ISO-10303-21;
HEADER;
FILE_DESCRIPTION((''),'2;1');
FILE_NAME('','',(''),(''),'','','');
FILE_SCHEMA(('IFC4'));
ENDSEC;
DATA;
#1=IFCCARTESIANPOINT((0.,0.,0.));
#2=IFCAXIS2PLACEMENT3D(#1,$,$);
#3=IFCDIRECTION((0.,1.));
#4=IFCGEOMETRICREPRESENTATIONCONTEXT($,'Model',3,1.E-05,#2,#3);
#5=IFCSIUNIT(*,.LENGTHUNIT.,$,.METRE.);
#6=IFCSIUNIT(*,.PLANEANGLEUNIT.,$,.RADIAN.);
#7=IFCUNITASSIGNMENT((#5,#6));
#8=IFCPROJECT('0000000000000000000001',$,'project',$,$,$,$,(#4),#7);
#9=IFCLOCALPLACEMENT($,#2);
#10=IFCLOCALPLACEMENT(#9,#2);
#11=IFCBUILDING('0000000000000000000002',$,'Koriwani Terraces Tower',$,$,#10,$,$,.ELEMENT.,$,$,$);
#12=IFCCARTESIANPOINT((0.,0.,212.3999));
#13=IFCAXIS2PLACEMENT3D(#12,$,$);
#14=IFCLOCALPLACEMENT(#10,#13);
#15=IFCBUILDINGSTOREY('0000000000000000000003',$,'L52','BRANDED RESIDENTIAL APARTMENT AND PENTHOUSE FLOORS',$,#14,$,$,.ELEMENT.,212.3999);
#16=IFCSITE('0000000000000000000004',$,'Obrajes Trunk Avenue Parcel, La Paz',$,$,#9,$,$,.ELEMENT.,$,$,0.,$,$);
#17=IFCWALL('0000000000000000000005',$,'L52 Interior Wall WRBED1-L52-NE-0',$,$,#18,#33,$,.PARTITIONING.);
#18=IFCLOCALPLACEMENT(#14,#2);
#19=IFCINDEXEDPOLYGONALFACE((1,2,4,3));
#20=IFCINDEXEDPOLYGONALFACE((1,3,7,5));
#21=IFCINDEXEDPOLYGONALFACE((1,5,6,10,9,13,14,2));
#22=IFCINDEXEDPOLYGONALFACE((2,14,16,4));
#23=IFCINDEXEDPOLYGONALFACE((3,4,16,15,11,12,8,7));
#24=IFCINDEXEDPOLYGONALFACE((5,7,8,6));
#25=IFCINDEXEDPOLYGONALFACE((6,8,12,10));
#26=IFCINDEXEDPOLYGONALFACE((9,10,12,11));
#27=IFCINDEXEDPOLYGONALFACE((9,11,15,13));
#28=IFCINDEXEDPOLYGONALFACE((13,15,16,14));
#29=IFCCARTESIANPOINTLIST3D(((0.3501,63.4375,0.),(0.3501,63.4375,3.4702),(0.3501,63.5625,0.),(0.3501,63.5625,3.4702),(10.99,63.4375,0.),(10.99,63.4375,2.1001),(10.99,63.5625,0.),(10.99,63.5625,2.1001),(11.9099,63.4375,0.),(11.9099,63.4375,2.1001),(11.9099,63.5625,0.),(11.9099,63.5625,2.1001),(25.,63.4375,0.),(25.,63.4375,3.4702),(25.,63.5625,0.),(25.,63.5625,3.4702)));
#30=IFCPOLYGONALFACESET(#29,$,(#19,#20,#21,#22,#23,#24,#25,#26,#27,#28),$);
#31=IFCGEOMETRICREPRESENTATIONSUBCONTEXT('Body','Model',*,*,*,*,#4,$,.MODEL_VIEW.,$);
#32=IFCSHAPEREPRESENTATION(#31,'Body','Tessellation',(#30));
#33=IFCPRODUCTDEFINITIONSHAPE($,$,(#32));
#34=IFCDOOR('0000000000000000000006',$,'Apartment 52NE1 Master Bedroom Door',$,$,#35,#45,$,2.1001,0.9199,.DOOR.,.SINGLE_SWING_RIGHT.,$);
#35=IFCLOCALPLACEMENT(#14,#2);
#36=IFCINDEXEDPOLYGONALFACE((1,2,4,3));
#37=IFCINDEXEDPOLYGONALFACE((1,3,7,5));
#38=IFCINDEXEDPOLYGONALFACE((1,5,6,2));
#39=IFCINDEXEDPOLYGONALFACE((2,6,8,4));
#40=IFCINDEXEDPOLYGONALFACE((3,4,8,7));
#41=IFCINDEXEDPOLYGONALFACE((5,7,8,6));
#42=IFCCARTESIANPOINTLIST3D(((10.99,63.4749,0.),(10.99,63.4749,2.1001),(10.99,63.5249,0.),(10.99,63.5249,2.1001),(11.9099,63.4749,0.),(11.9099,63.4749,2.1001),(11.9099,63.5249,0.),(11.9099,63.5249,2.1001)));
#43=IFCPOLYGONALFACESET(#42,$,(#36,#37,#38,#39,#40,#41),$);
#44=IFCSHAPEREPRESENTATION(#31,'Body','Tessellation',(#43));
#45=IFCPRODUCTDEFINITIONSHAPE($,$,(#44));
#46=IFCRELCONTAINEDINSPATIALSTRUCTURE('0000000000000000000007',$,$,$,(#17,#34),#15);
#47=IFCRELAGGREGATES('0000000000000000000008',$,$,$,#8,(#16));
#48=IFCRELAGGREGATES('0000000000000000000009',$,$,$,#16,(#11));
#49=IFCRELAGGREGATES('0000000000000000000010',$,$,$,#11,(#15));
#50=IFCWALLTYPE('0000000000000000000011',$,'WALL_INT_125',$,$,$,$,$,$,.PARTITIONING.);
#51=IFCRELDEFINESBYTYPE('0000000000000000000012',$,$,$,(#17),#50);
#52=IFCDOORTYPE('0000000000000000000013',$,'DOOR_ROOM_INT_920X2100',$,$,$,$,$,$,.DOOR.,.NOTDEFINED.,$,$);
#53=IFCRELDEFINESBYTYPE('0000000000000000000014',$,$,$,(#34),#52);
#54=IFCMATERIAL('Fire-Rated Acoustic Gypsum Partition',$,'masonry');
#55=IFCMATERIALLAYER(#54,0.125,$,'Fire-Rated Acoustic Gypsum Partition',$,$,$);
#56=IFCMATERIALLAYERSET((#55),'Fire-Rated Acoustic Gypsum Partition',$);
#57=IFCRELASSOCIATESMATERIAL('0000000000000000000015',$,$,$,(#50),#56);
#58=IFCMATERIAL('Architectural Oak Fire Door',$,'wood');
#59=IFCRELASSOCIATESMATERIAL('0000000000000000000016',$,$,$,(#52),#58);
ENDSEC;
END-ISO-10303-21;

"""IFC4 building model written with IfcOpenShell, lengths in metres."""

from ifc_helpers import new_model, si_unit, direction, frame, frame_2d, origin, place, context, subcontext, project, spatial, rectangle, extrude, material, layer, layer_set, type_object, element, fill, save


model = new_model("IFC4")

# Units and contexts
model_context = context("Model", 3, precision=1e-05, world=origin(), true_north=direction((0.0, 1.0)))
body_context = subcontext(model_context, "Body", "Model", "MODEL_VIEW")
ifc_project = project(units=[si_unit("LENGTHUNIT", "METRE"), si_unit("PLANEANGLEUNIT", "RADIAN")], contexts=[model_context])

# Site, building, storey
site_placement = place(None, origin())
site = spatial("IfcSite", under=ifc_project, at=site_placement, Name="Obrajes Trunk Avenue Parcel, La Paz", CompositionType="ELEMENT", RefElevation=0.0)
building_placement = place(site_placement, origin())
building = spatial("IfcBuilding", under=site, at=building_placement, Name="Koriwani Terraces Tower", CompositionType="ELEMENT")
storey_placement = place(building_placement, frame((0.0, 0.0, 212.3999)))
storey = spatial("IfcBuildingStorey", under=building, at=storey_placement, Name="L52", Description="BRANDED RESIDENTIAL APARTMENT AND PENTHOUSE FLOORS", CompositionType="ELEMENT", Elevation=212.3999)

# Wall, opening, door
ifc_material_1 = material(Name="Fire-Rated Acoustic Gypsum Partition", Category="masonry")
ifc_layer_1 = layer(ifc_material_1, 0.125, Name="Fire-Rated Acoustic Gypsum Partition")
ifc_layer_set_1 = layer_set([ifc_layer_1], Name="Fire-Rated Acoustic Gypsum Partition")
wall_type_1 = type_object("IfcWallType", Name="WALL_INT_125", PredefinedType="PARTITIONING", material=ifc_layer_set_1)
wall_1_placement = place(storey_placement, frame((0.3501, 63.5, 0.0), z_axis=(0.0, 0.0, 1.0), x_axis=(1.0, 0.0, 0.0)))
wall_1 = element("IfcWall", 1, at=wall_1_placement, inside=storey, type_object=wall_type_1, Name="L52 Interior Wall WRBED1-L52-NE-0", PredefinedType="PARTITIONING", context=body_context, shape_type="SweptSolid", body=[
    extrude(rectangle(XDim=24.6499, YDim=0.125, at=frame_2d((12.325, 0.0))), origin(), (0.0, 0.0, 1.0), 3.4702),
])
opening_1_placement = place(wall_1_placement, frame((10.6399, 0.0, 0.0)))
opening_1 = element("IfcOpeningElement", 2, at=opening_1_placement, cuts=wall_1, PredefinedType="OPENING", context=body_context, shape_type="SweptSolid", body=[
    extrude(rectangle(XDim=0.9199, YDim=2.1001, at=frame_2d((0.46, 1.05))), frame((0.0, 0.0725, 0.0), z_axis=(0.0, -1.0, 0.0), x_axis=(1.0, 0.0, 0.0)), (0.0, 0.0, 1.0), 0.145),
])
ifc_material_2 = material(Name="Architectural Oak Fire Door", Category="wood")
door_type = type_object("IfcDoorType", Name="DOOR_ROOM_INT_920X2100", OperationType="NOTDEFINED", PredefinedType="DOOR", material=ifc_material_2)
door_placement = place(opening_1_placement, origin())
door = element("IfcDoor", 3, at=door_placement, inside=storey, type_object=door_type, Name="Apartment 52NE1 Master Bedroom Door", OperationType="SINGLE_SWING_RIGHT", OverallHeight=2.1001, OverallWidth=0.9199, PredefinedType="DOOR", context=body_context, shape_type="SweptSolid", body=[
    extrude(rectangle(XDim=0.9199, YDim=2.1001, at=frame_2d((0.46, 1.05))), frame((0.0, 0.0249, 0.0), z_axis=(0.0, -1.0, 0.0), x_axis=(1.0, 0.0, 0.0)), (0.0, 0.0, 1.0), 0.05),
])
fill(opening_1, door)

save(model, "model.ifc")
